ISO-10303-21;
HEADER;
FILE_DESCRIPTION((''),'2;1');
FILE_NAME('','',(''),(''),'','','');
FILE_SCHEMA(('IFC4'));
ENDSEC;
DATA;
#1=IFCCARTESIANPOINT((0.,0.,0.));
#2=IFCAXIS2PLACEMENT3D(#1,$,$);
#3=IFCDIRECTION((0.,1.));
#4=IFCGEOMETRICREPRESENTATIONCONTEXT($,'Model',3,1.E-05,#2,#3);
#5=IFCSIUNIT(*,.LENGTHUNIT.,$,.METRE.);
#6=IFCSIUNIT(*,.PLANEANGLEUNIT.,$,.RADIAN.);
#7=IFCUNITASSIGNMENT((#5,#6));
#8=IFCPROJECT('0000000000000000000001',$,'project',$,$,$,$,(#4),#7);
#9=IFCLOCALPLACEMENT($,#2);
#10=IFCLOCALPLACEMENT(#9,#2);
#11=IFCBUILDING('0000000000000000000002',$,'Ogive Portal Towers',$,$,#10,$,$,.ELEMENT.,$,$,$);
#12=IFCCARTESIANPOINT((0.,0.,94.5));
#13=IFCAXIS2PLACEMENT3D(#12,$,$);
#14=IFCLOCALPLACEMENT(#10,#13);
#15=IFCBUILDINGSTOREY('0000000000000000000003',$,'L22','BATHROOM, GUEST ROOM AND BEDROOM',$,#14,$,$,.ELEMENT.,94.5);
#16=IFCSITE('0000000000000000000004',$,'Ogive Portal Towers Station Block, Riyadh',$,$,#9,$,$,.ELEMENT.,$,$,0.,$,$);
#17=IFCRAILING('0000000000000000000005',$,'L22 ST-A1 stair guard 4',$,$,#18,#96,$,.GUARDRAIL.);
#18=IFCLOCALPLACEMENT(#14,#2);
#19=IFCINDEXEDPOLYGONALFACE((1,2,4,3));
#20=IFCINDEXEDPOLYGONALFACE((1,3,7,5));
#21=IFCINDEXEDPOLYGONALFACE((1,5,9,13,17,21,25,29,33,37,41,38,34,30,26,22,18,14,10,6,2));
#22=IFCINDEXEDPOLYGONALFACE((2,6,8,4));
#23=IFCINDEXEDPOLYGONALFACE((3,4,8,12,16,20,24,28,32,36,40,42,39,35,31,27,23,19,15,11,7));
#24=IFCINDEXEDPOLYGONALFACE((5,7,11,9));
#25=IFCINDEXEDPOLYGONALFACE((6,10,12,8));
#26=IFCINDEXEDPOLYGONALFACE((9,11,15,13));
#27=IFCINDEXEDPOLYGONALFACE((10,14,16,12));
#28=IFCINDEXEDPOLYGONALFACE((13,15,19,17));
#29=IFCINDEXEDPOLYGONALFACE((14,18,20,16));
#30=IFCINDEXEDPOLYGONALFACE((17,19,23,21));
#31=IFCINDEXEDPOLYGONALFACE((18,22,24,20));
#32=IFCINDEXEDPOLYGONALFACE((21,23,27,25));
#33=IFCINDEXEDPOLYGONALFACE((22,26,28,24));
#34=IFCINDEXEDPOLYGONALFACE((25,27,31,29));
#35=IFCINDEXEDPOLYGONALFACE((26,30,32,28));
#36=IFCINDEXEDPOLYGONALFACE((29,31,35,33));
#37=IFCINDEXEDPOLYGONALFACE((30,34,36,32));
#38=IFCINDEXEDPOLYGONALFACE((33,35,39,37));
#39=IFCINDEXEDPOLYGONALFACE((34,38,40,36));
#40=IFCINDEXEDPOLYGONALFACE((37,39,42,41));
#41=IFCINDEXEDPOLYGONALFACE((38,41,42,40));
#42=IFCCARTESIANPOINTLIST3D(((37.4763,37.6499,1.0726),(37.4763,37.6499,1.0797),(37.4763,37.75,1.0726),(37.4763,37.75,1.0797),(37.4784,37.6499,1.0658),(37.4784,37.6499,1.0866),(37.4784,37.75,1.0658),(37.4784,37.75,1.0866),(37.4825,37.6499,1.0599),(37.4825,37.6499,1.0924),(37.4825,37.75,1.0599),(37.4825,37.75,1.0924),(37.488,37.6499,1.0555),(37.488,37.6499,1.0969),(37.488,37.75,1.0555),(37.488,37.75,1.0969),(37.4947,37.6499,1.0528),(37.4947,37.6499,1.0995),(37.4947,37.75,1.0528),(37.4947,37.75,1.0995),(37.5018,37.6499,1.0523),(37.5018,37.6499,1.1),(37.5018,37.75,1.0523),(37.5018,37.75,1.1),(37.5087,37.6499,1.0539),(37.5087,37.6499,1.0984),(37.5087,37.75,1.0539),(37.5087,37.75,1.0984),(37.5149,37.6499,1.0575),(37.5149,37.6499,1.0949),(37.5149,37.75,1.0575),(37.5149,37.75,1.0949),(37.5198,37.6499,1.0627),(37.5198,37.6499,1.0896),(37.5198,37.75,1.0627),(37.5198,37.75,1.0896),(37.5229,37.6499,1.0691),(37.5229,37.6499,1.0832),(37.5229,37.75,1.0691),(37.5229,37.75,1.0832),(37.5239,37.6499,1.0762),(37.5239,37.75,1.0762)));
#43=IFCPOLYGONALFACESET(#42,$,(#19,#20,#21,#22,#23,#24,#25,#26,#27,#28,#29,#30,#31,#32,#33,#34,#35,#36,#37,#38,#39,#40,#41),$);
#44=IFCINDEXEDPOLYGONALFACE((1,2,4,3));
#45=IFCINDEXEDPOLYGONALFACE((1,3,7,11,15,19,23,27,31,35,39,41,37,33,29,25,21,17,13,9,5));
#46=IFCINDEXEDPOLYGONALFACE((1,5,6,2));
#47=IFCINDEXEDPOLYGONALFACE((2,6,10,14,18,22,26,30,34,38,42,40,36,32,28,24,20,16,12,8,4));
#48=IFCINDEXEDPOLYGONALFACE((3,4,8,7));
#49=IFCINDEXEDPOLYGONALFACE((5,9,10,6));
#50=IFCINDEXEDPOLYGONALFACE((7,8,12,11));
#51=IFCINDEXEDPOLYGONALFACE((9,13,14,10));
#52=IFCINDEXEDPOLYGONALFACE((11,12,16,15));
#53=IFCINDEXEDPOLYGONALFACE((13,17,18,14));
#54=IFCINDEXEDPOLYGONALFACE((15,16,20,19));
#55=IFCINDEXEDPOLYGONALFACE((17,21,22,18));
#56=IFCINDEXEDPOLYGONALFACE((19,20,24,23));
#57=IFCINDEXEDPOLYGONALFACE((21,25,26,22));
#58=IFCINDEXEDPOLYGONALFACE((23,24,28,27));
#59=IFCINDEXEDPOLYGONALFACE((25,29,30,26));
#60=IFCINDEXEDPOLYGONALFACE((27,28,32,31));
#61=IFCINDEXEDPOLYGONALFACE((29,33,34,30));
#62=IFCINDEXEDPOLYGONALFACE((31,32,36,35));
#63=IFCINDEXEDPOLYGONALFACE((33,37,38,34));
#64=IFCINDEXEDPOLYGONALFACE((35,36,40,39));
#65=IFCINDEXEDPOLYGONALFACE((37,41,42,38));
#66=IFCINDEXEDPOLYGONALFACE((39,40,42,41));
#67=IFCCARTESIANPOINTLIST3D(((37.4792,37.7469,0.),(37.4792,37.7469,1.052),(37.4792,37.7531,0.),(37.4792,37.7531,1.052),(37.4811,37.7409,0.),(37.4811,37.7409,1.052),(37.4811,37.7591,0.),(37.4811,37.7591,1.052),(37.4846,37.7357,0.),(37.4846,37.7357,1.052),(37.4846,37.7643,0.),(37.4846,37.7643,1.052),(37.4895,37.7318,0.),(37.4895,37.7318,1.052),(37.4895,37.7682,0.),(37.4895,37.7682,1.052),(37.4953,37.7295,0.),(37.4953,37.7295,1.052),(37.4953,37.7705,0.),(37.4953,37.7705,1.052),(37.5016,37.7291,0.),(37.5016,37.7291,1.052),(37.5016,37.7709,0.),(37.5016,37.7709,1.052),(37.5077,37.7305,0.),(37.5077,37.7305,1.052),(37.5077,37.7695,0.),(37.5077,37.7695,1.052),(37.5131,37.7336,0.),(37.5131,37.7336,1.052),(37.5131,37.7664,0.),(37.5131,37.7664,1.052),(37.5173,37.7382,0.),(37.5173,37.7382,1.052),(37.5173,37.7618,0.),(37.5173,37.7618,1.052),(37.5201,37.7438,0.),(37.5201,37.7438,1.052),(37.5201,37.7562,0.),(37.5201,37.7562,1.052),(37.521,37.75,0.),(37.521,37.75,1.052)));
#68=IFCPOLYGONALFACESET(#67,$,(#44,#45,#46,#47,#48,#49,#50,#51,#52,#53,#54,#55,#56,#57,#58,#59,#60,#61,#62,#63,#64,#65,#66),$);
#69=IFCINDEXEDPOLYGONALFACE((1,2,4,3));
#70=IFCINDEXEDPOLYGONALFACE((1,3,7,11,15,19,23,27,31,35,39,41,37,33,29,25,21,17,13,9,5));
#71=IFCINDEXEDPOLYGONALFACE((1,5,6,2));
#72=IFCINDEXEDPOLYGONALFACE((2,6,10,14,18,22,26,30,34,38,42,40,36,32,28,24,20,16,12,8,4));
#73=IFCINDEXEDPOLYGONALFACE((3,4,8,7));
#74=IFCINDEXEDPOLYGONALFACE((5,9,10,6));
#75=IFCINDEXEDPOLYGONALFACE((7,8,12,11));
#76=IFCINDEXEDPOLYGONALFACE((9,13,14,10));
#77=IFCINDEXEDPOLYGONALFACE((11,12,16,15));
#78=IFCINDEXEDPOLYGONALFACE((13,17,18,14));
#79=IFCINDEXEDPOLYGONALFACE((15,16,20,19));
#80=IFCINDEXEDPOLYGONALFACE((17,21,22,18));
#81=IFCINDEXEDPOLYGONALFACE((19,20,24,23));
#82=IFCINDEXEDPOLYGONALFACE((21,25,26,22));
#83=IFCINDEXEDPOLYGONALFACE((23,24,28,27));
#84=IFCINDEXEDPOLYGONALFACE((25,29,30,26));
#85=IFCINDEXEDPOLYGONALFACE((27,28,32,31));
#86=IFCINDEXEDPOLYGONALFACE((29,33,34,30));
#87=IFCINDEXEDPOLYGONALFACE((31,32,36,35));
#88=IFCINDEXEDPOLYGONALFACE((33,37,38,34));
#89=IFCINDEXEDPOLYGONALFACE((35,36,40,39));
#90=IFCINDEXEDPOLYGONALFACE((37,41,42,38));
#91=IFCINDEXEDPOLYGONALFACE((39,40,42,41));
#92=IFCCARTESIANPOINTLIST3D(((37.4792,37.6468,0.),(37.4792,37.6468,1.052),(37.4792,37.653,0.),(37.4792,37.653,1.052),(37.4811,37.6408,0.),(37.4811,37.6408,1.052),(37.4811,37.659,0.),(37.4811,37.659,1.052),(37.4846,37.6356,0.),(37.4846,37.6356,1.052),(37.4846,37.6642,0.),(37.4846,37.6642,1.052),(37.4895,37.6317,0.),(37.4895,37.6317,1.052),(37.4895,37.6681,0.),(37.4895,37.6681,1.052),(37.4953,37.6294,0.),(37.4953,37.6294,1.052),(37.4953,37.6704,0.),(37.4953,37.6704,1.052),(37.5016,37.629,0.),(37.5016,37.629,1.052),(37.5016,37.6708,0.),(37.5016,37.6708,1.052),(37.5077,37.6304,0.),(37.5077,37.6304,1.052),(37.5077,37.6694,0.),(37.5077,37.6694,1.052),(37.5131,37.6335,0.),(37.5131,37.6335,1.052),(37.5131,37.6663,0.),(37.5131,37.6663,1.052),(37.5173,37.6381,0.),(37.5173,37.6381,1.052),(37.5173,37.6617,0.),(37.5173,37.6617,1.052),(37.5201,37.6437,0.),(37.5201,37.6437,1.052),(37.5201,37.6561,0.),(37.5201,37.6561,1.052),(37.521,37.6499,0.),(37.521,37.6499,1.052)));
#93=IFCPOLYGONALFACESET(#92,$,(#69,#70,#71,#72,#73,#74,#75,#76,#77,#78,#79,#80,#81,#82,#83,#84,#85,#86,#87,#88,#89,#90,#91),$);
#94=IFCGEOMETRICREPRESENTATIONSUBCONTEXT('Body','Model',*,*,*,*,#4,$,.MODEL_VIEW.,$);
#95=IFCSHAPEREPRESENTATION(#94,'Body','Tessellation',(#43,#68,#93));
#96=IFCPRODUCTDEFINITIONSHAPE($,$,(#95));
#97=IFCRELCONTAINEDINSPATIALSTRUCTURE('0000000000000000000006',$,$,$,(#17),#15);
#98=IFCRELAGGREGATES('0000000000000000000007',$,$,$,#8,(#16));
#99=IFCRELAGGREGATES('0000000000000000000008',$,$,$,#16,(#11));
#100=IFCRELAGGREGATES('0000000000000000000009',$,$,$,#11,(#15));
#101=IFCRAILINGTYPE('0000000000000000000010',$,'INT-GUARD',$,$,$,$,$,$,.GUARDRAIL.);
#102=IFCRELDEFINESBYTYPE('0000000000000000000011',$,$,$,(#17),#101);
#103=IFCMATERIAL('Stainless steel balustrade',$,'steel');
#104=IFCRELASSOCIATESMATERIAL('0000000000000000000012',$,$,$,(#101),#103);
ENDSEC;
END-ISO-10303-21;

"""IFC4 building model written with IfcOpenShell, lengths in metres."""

from ifc_helpers import new_model, si_unit, direction, frame, origin, origin_2d, place, context, subcontext, project, spatial, circle, extrude, material, type_object, element, save


model = new_model("IFC4")

# Units and contexts
model_context = context("Model", 3, precision=1e-05, world=origin(), true_north=direction((0.0, 1.0)))
body_context = subcontext(model_context, "Body", "Model", "MODEL_VIEW")
ifc_project = project(units=[si_unit("LENGTHUNIT", "METRE"), si_unit("PLANEANGLEUNIT", "RADIAN")], contexts=[model_context])

# Site, building, storey
site_placement = place(None, origin())
site = spatial("IfcSite", under=ifc_project, at=site_placement, Name="Ogive Portal Towers Station Block, Riyadh", CompositionType="ELEMENT", RefElevation=0.0)
building_placement = place(site_placement, origin())
building = spatial("IfcBuilding", under=site, at=building_placement, Name="Ogive Portal Towers", CompositionType="ELEMENT")
storey_placement = place(building_placement, frame((0.0, 0.0, 94.5)))
storey = spatial("IfcBuildingStorey", under=building, at=storey_placement, Name="L22", Description="BATHROOM, GUEST ROOM AND BEDROOM", CompositionType="ELEMENT", Elevation=94.5)

# Railing
ifc_material_1 = material(Name="Stainless steel balustrade", Category="steel")
railing_type_1 = type_object("IfcRailingType", Name="INT-GUARD", PredefinedType="GUARDRAIL", material=ifc_material_1)
railing_1_placement = place(storey_placement, frame((37.5, 37.75, 0.0)))
element("IfcRailing", 1, at=railing_1_placement, inside=storey, type_object=railing_type_1, Name="L22 ST-A1 stair guard 4", PredefinedType="GUARDRAIL", context=body_context, shape_type="SweptSolid", body=[
    extrude(circle(Radius=0.0239, at=origin_2d()), frame((0.0, 0.0, 1.0762), z_axis=(0.0, -1.0, 0.0), x_axis=(1.0, 0.0, 0.0)), (0.0, 0.0, 1.0), 0.1001),
    extrude(circle(Radius=0.021, at=origin_2d()), origin(), (0.0, 0.0, 1.0), 1.052),
    extrude(circle(Radius=0.021, at=origin_2d()), frame((0.0, -0.1001, 0.0)), (0.0, 0.0, 1.0), 1.052),
])

save(model, "model.ifc")
